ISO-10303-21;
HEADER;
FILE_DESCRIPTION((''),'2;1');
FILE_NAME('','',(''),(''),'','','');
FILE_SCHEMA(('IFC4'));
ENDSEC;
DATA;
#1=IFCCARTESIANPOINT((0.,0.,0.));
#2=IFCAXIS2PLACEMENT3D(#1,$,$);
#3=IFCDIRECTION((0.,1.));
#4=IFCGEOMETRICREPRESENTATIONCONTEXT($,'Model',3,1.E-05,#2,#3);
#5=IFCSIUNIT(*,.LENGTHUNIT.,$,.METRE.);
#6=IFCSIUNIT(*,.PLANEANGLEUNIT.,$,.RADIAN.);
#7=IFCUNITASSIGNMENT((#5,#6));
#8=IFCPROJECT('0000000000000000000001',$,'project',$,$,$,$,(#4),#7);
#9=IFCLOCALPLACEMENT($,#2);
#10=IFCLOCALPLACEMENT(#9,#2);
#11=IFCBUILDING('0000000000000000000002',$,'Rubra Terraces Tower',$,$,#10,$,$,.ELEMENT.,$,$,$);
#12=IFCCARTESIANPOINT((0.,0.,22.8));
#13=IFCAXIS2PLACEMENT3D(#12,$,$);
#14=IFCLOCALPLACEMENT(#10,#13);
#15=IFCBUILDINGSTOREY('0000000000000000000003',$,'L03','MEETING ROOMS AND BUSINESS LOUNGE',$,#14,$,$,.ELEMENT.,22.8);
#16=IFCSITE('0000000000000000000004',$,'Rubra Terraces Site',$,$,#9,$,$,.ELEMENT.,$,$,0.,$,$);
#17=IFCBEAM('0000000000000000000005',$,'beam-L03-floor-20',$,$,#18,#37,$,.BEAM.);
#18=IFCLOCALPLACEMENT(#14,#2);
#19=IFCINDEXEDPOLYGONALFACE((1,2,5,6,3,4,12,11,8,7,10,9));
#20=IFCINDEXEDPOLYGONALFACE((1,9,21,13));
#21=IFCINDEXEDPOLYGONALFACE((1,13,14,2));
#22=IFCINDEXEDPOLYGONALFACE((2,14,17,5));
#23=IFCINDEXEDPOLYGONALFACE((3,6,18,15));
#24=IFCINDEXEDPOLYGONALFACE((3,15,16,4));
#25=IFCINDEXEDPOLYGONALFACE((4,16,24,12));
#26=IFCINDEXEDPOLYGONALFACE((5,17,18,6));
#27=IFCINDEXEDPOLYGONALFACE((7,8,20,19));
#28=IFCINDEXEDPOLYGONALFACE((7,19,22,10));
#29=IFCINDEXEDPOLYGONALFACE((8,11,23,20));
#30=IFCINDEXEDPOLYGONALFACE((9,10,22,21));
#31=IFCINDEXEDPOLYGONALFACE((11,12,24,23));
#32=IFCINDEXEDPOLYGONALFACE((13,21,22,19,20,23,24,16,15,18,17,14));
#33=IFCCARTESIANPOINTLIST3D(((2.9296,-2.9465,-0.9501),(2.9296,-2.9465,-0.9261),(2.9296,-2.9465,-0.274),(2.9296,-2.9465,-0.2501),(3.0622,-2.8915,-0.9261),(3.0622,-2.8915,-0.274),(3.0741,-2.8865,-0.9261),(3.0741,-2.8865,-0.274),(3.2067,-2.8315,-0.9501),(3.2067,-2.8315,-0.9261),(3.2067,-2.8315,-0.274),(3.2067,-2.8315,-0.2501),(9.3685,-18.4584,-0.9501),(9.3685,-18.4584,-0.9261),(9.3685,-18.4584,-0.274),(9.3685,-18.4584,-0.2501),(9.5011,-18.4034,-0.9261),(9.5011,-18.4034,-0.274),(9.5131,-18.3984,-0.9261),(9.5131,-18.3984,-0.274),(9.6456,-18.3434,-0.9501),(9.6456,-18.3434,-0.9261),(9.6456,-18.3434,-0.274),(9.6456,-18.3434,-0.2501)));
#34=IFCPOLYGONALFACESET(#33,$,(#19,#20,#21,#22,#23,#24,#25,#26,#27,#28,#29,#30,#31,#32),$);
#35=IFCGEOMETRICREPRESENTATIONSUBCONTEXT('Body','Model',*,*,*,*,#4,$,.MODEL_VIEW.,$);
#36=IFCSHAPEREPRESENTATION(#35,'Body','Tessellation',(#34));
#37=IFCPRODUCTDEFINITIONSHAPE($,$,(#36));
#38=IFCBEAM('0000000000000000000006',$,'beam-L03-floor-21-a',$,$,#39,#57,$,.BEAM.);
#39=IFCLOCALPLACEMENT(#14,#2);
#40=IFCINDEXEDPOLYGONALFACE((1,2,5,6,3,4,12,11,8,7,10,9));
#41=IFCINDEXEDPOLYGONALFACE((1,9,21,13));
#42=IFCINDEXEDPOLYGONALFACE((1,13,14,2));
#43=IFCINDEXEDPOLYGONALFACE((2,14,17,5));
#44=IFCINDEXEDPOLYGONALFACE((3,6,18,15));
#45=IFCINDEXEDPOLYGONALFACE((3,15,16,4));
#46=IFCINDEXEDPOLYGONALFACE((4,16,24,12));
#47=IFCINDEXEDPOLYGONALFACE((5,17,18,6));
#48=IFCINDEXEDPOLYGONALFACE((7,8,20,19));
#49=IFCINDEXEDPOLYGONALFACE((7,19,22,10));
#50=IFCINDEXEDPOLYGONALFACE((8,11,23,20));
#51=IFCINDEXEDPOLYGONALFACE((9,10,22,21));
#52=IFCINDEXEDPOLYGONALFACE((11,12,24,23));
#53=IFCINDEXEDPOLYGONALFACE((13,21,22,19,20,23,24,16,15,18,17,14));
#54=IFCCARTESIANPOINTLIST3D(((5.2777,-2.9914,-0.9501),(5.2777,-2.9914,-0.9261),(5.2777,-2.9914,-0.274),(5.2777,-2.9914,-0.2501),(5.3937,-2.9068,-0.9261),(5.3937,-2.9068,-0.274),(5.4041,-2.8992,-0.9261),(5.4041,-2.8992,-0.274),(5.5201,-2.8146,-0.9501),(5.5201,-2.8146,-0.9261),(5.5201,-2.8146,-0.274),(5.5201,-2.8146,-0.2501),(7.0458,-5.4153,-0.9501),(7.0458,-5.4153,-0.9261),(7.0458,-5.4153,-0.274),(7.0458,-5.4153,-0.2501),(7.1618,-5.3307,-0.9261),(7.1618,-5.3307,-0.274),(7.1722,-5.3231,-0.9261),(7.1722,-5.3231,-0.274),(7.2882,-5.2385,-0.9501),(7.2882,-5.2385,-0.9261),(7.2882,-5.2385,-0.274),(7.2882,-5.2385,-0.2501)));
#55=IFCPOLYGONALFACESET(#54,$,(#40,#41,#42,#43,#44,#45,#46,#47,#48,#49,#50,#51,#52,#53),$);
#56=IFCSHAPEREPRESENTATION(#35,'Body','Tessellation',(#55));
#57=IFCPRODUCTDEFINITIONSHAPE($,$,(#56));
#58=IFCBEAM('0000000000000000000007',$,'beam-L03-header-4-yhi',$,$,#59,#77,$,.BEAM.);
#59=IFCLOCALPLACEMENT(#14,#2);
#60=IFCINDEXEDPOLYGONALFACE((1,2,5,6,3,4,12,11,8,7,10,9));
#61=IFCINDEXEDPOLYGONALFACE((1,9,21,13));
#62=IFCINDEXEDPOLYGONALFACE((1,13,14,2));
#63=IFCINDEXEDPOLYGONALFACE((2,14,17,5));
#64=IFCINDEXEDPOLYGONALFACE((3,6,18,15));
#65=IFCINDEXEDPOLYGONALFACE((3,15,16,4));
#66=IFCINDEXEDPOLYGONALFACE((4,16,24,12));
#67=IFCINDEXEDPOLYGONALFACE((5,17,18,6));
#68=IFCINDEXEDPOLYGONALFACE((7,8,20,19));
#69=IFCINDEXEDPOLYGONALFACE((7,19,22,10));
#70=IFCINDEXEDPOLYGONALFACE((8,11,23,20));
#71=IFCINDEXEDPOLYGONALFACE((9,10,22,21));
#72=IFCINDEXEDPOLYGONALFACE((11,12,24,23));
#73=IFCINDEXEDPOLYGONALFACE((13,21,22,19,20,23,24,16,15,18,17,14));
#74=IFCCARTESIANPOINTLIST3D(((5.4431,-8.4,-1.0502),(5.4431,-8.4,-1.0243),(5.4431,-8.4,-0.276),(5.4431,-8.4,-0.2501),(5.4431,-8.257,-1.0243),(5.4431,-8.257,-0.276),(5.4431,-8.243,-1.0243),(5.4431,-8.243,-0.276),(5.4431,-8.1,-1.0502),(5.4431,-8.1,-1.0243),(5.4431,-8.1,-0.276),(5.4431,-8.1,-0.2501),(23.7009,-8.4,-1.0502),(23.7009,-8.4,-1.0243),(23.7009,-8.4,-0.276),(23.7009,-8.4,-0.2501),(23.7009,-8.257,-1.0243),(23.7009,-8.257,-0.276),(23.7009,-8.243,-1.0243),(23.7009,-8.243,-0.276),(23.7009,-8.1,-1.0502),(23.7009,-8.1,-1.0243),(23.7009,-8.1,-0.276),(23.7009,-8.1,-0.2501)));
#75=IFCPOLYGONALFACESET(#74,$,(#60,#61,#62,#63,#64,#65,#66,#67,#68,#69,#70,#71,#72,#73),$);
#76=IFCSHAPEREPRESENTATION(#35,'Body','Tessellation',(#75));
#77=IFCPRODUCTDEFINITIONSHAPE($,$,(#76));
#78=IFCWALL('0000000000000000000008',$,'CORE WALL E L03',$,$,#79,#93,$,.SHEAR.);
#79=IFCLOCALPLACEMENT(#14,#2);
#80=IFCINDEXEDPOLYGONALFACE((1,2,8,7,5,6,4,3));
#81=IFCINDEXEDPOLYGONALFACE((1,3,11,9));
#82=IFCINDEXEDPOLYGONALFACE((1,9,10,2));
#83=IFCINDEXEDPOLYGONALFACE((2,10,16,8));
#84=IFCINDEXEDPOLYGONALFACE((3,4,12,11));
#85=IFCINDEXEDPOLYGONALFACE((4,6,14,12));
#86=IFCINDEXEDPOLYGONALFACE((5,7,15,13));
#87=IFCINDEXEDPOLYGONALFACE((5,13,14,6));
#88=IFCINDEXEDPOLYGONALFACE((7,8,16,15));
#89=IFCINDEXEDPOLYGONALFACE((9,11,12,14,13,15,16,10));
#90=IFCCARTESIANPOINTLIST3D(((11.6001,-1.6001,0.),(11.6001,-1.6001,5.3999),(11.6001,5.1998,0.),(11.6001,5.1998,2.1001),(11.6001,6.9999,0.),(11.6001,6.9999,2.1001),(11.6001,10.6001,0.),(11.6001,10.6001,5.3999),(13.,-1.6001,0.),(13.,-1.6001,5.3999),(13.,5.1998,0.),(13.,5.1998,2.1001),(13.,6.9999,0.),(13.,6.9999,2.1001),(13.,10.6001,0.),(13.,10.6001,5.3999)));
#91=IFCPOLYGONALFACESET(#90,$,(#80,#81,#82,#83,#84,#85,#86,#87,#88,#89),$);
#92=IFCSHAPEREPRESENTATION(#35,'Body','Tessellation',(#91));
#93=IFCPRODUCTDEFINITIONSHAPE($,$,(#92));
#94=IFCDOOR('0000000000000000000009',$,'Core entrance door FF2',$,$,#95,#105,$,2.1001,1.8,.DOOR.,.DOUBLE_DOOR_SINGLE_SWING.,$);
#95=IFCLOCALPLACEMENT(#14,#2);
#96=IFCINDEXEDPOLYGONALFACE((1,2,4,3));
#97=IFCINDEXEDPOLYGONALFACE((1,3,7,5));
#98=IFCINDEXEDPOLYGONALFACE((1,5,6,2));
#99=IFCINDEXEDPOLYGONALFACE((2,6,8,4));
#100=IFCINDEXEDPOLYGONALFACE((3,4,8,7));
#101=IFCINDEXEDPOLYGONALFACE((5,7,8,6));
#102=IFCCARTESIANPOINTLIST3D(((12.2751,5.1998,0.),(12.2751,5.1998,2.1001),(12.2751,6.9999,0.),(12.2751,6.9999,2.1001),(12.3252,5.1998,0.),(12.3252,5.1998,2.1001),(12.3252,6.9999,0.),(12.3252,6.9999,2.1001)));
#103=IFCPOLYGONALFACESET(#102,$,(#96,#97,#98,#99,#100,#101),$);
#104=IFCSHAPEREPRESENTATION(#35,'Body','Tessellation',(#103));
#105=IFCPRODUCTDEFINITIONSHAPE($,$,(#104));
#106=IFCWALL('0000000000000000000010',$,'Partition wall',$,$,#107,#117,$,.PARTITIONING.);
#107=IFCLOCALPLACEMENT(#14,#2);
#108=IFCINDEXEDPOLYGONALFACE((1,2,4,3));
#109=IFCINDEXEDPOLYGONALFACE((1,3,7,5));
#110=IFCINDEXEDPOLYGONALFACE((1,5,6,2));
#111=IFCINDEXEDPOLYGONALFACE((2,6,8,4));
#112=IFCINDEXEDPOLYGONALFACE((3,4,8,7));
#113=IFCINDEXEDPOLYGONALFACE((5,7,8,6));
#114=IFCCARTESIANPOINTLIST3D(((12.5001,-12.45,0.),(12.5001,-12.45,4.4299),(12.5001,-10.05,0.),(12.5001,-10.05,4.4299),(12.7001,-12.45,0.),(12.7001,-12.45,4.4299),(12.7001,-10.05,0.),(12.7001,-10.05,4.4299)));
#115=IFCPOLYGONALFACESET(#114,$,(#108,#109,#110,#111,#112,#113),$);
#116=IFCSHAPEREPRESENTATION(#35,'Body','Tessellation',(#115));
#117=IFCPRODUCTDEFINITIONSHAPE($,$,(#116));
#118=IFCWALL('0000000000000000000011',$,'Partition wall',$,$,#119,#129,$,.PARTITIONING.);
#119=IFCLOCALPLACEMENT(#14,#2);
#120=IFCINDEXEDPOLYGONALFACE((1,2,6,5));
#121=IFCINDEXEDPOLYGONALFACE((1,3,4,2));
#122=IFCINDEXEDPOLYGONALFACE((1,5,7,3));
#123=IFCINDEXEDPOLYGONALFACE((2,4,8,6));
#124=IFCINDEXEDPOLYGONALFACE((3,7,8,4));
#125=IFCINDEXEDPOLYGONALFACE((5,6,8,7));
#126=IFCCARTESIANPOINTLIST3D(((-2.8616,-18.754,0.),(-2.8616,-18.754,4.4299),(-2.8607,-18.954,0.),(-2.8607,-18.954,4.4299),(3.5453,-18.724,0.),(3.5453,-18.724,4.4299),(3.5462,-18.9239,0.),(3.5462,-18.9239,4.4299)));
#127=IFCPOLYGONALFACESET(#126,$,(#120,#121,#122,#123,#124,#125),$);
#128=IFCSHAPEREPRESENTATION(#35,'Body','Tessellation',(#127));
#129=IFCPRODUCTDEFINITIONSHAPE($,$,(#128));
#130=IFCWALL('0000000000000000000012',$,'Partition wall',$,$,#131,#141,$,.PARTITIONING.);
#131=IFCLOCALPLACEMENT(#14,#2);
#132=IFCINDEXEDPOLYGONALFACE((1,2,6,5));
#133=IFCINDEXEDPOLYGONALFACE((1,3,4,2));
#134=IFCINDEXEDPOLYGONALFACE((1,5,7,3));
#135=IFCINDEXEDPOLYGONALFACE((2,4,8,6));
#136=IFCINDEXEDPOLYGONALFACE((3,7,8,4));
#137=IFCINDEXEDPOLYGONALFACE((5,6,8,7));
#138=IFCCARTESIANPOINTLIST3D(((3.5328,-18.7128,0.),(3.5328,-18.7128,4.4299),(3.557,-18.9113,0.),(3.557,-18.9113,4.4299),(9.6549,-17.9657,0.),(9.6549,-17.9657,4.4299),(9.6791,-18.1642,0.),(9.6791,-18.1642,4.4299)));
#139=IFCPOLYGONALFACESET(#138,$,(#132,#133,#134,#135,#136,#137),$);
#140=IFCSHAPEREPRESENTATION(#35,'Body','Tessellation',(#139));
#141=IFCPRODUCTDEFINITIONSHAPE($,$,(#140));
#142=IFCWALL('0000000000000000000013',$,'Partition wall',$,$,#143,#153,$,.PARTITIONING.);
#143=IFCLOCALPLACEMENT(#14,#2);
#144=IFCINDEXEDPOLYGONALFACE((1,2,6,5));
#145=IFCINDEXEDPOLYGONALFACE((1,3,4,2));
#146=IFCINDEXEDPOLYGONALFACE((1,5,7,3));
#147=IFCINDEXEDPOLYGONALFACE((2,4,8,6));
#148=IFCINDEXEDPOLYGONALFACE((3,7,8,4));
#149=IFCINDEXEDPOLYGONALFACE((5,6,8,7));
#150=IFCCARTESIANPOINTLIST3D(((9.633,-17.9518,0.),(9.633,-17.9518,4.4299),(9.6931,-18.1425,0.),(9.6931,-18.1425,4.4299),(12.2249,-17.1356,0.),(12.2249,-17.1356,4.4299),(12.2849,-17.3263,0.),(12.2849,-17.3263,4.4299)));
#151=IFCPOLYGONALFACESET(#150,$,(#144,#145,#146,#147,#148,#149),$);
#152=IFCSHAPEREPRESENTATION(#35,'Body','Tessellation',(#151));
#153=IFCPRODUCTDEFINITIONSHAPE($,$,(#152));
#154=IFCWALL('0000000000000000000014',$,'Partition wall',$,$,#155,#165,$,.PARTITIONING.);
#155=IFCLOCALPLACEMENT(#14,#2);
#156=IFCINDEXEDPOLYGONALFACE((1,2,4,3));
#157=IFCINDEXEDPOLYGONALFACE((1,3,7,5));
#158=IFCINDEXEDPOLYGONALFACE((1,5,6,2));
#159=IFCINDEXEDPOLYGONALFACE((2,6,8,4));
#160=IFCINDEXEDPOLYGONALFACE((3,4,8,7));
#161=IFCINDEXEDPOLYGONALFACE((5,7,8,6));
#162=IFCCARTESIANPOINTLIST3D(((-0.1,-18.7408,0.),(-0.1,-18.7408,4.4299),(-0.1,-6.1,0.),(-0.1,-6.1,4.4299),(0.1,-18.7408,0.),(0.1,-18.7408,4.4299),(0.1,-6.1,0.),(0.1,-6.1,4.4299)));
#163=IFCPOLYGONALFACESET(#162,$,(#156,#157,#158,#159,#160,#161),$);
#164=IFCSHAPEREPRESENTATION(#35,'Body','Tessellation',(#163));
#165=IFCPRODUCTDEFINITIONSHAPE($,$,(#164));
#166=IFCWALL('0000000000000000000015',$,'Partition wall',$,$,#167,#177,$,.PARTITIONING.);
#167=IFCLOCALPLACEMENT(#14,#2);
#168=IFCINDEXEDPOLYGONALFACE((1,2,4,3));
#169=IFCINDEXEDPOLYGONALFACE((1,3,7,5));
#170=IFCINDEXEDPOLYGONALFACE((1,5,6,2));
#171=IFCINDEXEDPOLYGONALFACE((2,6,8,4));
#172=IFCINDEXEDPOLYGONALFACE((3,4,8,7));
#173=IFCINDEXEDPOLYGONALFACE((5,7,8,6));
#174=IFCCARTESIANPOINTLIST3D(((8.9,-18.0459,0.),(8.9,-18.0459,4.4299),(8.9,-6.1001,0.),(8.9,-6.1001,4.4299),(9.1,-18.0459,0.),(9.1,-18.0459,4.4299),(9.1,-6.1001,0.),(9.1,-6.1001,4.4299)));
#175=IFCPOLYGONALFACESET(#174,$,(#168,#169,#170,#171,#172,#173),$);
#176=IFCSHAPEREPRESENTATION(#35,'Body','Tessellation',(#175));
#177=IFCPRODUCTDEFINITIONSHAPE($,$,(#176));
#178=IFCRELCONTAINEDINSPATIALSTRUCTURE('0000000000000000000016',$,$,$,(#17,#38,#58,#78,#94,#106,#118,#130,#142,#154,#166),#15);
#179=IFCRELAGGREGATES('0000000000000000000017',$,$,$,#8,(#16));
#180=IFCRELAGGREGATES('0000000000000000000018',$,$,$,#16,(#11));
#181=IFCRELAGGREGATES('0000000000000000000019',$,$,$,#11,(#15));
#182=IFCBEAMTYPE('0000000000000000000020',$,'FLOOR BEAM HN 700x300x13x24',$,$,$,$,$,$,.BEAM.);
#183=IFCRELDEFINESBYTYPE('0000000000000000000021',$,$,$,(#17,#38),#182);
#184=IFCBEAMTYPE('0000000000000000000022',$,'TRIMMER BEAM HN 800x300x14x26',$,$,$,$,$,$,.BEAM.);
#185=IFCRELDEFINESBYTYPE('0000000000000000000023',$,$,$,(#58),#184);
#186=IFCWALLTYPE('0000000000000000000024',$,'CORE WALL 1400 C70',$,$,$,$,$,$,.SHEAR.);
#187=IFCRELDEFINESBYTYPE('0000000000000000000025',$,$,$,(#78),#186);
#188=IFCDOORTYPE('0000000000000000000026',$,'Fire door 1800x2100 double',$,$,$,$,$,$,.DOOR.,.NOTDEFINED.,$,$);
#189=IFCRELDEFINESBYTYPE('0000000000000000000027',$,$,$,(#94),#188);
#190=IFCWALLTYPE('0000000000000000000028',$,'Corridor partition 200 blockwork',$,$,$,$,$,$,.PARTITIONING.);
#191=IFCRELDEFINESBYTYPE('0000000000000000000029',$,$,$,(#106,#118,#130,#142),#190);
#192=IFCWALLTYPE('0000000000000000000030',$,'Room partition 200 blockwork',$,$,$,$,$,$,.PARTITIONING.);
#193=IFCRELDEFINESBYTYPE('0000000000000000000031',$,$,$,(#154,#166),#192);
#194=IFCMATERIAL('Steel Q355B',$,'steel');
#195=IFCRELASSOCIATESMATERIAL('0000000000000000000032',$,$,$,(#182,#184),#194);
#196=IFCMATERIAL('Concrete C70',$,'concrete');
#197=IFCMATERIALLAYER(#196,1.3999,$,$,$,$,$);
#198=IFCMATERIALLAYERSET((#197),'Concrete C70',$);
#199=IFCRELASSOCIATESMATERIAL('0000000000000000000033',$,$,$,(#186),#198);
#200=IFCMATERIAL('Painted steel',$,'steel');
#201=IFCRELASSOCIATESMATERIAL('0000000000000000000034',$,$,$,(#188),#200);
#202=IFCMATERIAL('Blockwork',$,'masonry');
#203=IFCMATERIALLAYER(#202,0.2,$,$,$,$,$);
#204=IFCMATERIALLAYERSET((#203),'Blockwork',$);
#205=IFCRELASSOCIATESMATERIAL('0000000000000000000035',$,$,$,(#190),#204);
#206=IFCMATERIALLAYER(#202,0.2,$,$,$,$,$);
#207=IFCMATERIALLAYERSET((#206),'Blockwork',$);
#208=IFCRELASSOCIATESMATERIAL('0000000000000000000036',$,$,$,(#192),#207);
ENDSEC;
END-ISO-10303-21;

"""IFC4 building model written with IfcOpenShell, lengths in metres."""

from ifc_helpers import new_model, si_unit, direction, frame, frame_2d, origin, origin_2d, place, context, subcontext, project, spatial, rectangle, i_section, extrude, material, layer, layer_set, material_profile, profile_set, type_object, element, fill, save


model = new_model("IFC4")

# Units and contexts
model_context = context("Model", 3, precision=1e-05, world=origin(), true_north=direction((0.0, 1.0)))
body_context = subcontext(model_context, "Body", "Model", "MODEL_VIEW")
ifc_project = project(units=[si_unit("LENGTHUNIT", "METRE"), si_unit("PLANEANGLEUNIT", "RADIAN")], contexts=[model_context])

# Site, building, storey
site_placement = place(None, origin())
site = spatial("IfcSite", under=ifc_project, at=site_placement, Name="Rubra Terraces Site", CompositionType="ELEMENT", RefElevation=0.0)
building_placement = place(site_placement, origin())
building = spatial("IfcBuilding", under=site, at=building_placement, Name="Rubra Terraces Tower", CompositionType="ELEMENT")
storey_placement = place(building_placement, frame((0.0, 0.0, 22.8)))
storey = spatial("IfcBuildingStorey", under=building, at=storey_placement, Name="L03", Description="MEETING ROOMS AND BUSINESS LOUNGE", CompositionType="ELEMENT", Elevation=22.8)

# Beams
ifc_material_1 = material(Name="Steel Q355B", Category="steel")
ifc_material_profile_1 = material_profile(ifc_material_1, i_section(OverallWidth=0.3, OverallDepth=0.7, WebThickness=0.0129, FlangeThickness=0.0239, at=origin_2d()), Name="HN 700x300x13x24")
ifc_profile_set_1 = profile_set([ifc_material_profile_1], Name="Steel Q355B")
beam_type_1 = type_object("IfcBeamType", Name="FLOOR BEAM HN 700x300x13x24", PredefinedType="BEAM", material=ifc_profile_set_1)
beam_1_placement = place(storey_placement, frame((9.5071, -18.4009, -0.6001), z_axis=(-0.38338, 0.923591, 0.0), x_axis=(-0.923591, -0.38338, 0.0)))
element("IfcBeam", 1, at=beam_1_placement, inside=storey, type_object=beam_type_1, Name="beam-L03-floor-20", PredefinedType="BEAM", context=body_context, shape_type="SweptSolid", body=[
    extrude(i_section(OverallWidth=0.3, OverallDepth=0.7, WebThickness=0.0129, FlangeThickness=0.0239, at=origin_2d()), origin(), (0.0, 0.0, 1.0), 16.7952),
])
beam_2_placement = place(storey_placement, frame((7.167, -5.3269, -0.6001), z_axis=(-0.589323, 0.807898, 0.0), x_axis=(-0.807898, -0.589323, 0.0)))
element("IfcBeam", 2, at=beam_2_placement, inside=storey, type_object=beam_type_1, Name="beam-L03-floor-21-a", PredefinedType="BEAM", context=body_context, shape_type="SweptSolid", body=[
    extrude(i_section(OverallWidth=0.3, OverallDepth=0.7, WebThickness=0.0129, FlangeThickness=0.0239, at=origin_2d()), origin(), (0.0, 0.0, 1.0), 3.0002),
])
ifc_material_profile_2 = material_profile(ifc_material_1, i_section(OverallWidth=0.3, OverallDepth=0.8, WebThickness=0.0139, FlangeThickness=0.0259, at=origin_2d()), Name="HN 800x300x14x26")
ifc_profile_set_2 = profile_set([ifc_material_profile_2], Name="Steel Q355B")
beam_type_2 = type_object("IfcBeamType", Name="TRIMMER BEAM HN 800x300x14x26", PredefinedType="BEAM", material=ifc_profile_set_2)
beam_3_placement = place(storey_placement, frame((5.4431, -8.25, -0.6501), z_axis=(1.0, 0.0, 0.0), x_axis=(0.0, 1.0, 0.0)))
element("IfcBeam", 3, at=beam_3_placement, inside=storey, type_object=beam_type_2, Name="beam-L03-header-4-yhi", PredefinedType="BEAM", context=body_context, shape_type="SweptSolid", body=[
    extrude(i_section(OverallWidth=0.3, OverallDepth=0.8, WebThickness=0.0139, FlangeThickness=0.0259, at=origin_2d()), origin(), (0.0, 0.0, 1.0), 18.2578),
])

# Wall, opening, door
ifc_material_2 = material(Name="Concrete C70", Category="concrete")
ifc_layer_1 = layer(ifc_material_2, 1.3999)
ifc_layer_set_1 = layer_set([ifc_layer_1], Name="Concrete C70")
wall_type_1 = type_object("IfcWallType", Name="CORE WALL 1400 C70", PredefinedType="SHEAR", material=ifc_layer_set_1)
wall_1_placement = place(storey_placement, frame((12.3, -1.6001, 0.0), z_axis=(0.0, 0.0, 1.0), x_axis=(0.0, 1.0, 0.0)))
wall_1 = element("IfcWall", 4, at=wall_1_placement, inside=storey, type_object=wall_type_1, Name="CORE WALL E L03", PredefinedType="SHEAR", context=body_context, shape_type="SweptSolid", body=[
    extrude(rectangle(XDim=12.2002, YDim=1.3999, at=frame_2d((6.1001, 0.0))), origin(), (0.0, 0.0, 1.0), 5.3999),
])
opening_placement = place(wall_1_placement, frame((6.8, 0.0, 0.0)))
opening = element("IfcOpeningElement", 5, at=opening_placement, cuts=wall_1, PredefinedType="OPENING", context=body_context, shape_type="SweptSolid", body=[
    extrude(rectangle(XDim=1.8, YDim=2.1001, at=frame_2d((0.8999, 1.05))), frame((0.0, 0.71, 0.0), z_axis=(0.0, -1.0, 0.0), x_axis=(1.0, 0.0, 0.0)), (0.0, 0.0, 1.0), 1.4199),
])
ifc_material_3 = material(Name="Painted steel", Category="steel")
door_type = type_object("IfcDoorType", Name="Fire door 1800x2100 double", OperationType="NOTDEFINED", PredefinedType="DOOR", material=ifc_material_3)
door_placement = place(opening_placement, origin())
door = element("IfcDoor", 6, at=door_placement, inside=storey, type_object=door_type, Name="Core entrance door FF2", OperationType="DOUBLE_DOOR_SINGLE_SWING", OverallHeight=2.1001, OverallWidth=1.8, PredefinedType="DOOR", context=body_context, shape_type="SweptSolid", body=[
    extrude(rectangle(XDim=1.8, YDim=2.1001, at=frame_2d((0.8999, 1.05))), frame((0.0, 0.0249, 0.0), z_axis=(0.0, -1.0, 0.0), x_axis=(1.0, 0.0, 0.0)), (0.0, 0.0, 1.0), 0.05),
])
fill(opening, door)

# Walls
ifc_material_4 = material(Name="Blockwork", Category="masonry")
ifc_layer_2 = layer(ifc_material_4, 0.2)
ifc_layer_set_2 = layer_set([ifc_layer_2], Name="Blockwork")
wall_type_2 = type_object("IfcWallType", Name="Corridor partition 200 blockwork", PredefinedType="PARTITIONING", material=ifc_layer_set_2)
wall_2_placement = place(storey_placement, frame((12.6001, -12.45, 0.0), z_axis=(0.0, 0.0, 1.0), x_axis=(0.0, 1.0, 0.0)))
element("IfcWall", 7, at=wall_2_placement, inside=storey, type_object=wall_type_2, Name="Partition wall", PredefinedType="PARTITIONING", context=body_context, shape_type="SweptSolid", body=[
    extrude(rectangle(XDim=2.3999, YDim=0.2, at=frame_2d((1.2, 0.0))), origin(), (0.0, 0.0, 1.0), 4.4299),
])
wall_3_placement = place(storey_placement, frame((3.5459, -18.824, 0.0), z_axis=(0.0, 0.0, 1.0), x_axis=(-0.999989, -0.004687, 0.0)))
element("IfcWall", 8, at=wall_3_placement, inside=storey, type_object=wall_type_2, Name="Partition wall", PredefinedType="PARTITIONING", context=body_context, shape_type="SweptSolid", body=[
    extrude(rectangle(XDim=6.407, YDim=0.2, at=frame_2d((3.2036, 0.0))), origin(), (0.0, 0.0, 1.0), 4.4299),
])
wall_4_placement = place(storey_placement, frame((9.667, -18.0649, 0.0), z_axis=(0.0, 0.0, 1.0), x_axis=(-0.992637, -0.12113, 0.0)))
element("IfcWall", 9, at=wall_4_placement, inside=storey, type_object=wall_type_2, Name="Partition wall", PredefinedType="PARTITIONING", context=body_context, shape_type="SweptSolid", body=[
    extrude(rectangle(XDim=6.1675, YDim=0.2, at=frame_2d((3.0837, 0.0))), origin(), (0.0, 0.0, 1.0), 4.4299),
])
wall_5_placement = place(storey_placement, frame((12.2549, -17.231, 0.0), z_axis=(0.0, 0.0, 1.0), x_axis=(-0.953825, -0.300362, 0.0)))
element("IfcWall", 10, at=wall_5_placement, inside=storey, type_object=wall_type_2, Name="Partition wall", PredefinedType="PARTITIONING", context=body_context, shape_type="SweptSolid", body=[
    extrude(rectangle(XDim=2.7173, YDim=0.2, at=frame_2d((1.3586, 0.0))), origin(), (0.0, 0.0, 1.0), 4.4299),
])
ifc_layer_3 = layer(ifc_material_4, 0.2)
ifc_layer_set_3 = layer_set([ifc_layer_3], Name="Blockwork")
wall_type_3 = type_object("IfcWallType", Name="Room partition 200 blockwork", PredefinedType="PARTITIONING", material=ifc_layer_set_3)
wall_6_placement = place(storey_placement, frame((0.0, -6.1001, 0.0), z_axis=(0.0, 0.0, 1.0), x_axis=(0.0, -1.0, 0.0)))
element("IfcWall", 11, at=wall_6_placement, inside=storey, type_object=wall_type_3, Name="Partition wall", PredefinedType="PARTITIONING", context=body_context, shape_type="SweptSolid", body=[
    extrude(rectangle(XDim=12.6409, YDim=0.2, at=frame_2d((6.3203, 0.0))), origin(), (0.0, 0.0, 1.0), 4.4299),
])
wall_7_placement = place(storey_placement, frame((9.0, -6.1001, 0.0), z_axis=(0.0, 0.0, 1.0), x_axis=(0.0, -1.0, 0.0)))
element("IfcWall", 12, at=wall_7_placement, inside=storey, type_object=wall_type_3, Name="Partition wall", PredefinedType="PARTITIONING", context=body_context, shape_type="SweptSolid", body=[
    extrude(rectangle(XDim=11.9458, YDim=0.2, at=frame_2d((5.9729, 0.0))), origin(), (0.0, 0.0, 1.0), 4.4299),
])

save(model, "model.ifc")
